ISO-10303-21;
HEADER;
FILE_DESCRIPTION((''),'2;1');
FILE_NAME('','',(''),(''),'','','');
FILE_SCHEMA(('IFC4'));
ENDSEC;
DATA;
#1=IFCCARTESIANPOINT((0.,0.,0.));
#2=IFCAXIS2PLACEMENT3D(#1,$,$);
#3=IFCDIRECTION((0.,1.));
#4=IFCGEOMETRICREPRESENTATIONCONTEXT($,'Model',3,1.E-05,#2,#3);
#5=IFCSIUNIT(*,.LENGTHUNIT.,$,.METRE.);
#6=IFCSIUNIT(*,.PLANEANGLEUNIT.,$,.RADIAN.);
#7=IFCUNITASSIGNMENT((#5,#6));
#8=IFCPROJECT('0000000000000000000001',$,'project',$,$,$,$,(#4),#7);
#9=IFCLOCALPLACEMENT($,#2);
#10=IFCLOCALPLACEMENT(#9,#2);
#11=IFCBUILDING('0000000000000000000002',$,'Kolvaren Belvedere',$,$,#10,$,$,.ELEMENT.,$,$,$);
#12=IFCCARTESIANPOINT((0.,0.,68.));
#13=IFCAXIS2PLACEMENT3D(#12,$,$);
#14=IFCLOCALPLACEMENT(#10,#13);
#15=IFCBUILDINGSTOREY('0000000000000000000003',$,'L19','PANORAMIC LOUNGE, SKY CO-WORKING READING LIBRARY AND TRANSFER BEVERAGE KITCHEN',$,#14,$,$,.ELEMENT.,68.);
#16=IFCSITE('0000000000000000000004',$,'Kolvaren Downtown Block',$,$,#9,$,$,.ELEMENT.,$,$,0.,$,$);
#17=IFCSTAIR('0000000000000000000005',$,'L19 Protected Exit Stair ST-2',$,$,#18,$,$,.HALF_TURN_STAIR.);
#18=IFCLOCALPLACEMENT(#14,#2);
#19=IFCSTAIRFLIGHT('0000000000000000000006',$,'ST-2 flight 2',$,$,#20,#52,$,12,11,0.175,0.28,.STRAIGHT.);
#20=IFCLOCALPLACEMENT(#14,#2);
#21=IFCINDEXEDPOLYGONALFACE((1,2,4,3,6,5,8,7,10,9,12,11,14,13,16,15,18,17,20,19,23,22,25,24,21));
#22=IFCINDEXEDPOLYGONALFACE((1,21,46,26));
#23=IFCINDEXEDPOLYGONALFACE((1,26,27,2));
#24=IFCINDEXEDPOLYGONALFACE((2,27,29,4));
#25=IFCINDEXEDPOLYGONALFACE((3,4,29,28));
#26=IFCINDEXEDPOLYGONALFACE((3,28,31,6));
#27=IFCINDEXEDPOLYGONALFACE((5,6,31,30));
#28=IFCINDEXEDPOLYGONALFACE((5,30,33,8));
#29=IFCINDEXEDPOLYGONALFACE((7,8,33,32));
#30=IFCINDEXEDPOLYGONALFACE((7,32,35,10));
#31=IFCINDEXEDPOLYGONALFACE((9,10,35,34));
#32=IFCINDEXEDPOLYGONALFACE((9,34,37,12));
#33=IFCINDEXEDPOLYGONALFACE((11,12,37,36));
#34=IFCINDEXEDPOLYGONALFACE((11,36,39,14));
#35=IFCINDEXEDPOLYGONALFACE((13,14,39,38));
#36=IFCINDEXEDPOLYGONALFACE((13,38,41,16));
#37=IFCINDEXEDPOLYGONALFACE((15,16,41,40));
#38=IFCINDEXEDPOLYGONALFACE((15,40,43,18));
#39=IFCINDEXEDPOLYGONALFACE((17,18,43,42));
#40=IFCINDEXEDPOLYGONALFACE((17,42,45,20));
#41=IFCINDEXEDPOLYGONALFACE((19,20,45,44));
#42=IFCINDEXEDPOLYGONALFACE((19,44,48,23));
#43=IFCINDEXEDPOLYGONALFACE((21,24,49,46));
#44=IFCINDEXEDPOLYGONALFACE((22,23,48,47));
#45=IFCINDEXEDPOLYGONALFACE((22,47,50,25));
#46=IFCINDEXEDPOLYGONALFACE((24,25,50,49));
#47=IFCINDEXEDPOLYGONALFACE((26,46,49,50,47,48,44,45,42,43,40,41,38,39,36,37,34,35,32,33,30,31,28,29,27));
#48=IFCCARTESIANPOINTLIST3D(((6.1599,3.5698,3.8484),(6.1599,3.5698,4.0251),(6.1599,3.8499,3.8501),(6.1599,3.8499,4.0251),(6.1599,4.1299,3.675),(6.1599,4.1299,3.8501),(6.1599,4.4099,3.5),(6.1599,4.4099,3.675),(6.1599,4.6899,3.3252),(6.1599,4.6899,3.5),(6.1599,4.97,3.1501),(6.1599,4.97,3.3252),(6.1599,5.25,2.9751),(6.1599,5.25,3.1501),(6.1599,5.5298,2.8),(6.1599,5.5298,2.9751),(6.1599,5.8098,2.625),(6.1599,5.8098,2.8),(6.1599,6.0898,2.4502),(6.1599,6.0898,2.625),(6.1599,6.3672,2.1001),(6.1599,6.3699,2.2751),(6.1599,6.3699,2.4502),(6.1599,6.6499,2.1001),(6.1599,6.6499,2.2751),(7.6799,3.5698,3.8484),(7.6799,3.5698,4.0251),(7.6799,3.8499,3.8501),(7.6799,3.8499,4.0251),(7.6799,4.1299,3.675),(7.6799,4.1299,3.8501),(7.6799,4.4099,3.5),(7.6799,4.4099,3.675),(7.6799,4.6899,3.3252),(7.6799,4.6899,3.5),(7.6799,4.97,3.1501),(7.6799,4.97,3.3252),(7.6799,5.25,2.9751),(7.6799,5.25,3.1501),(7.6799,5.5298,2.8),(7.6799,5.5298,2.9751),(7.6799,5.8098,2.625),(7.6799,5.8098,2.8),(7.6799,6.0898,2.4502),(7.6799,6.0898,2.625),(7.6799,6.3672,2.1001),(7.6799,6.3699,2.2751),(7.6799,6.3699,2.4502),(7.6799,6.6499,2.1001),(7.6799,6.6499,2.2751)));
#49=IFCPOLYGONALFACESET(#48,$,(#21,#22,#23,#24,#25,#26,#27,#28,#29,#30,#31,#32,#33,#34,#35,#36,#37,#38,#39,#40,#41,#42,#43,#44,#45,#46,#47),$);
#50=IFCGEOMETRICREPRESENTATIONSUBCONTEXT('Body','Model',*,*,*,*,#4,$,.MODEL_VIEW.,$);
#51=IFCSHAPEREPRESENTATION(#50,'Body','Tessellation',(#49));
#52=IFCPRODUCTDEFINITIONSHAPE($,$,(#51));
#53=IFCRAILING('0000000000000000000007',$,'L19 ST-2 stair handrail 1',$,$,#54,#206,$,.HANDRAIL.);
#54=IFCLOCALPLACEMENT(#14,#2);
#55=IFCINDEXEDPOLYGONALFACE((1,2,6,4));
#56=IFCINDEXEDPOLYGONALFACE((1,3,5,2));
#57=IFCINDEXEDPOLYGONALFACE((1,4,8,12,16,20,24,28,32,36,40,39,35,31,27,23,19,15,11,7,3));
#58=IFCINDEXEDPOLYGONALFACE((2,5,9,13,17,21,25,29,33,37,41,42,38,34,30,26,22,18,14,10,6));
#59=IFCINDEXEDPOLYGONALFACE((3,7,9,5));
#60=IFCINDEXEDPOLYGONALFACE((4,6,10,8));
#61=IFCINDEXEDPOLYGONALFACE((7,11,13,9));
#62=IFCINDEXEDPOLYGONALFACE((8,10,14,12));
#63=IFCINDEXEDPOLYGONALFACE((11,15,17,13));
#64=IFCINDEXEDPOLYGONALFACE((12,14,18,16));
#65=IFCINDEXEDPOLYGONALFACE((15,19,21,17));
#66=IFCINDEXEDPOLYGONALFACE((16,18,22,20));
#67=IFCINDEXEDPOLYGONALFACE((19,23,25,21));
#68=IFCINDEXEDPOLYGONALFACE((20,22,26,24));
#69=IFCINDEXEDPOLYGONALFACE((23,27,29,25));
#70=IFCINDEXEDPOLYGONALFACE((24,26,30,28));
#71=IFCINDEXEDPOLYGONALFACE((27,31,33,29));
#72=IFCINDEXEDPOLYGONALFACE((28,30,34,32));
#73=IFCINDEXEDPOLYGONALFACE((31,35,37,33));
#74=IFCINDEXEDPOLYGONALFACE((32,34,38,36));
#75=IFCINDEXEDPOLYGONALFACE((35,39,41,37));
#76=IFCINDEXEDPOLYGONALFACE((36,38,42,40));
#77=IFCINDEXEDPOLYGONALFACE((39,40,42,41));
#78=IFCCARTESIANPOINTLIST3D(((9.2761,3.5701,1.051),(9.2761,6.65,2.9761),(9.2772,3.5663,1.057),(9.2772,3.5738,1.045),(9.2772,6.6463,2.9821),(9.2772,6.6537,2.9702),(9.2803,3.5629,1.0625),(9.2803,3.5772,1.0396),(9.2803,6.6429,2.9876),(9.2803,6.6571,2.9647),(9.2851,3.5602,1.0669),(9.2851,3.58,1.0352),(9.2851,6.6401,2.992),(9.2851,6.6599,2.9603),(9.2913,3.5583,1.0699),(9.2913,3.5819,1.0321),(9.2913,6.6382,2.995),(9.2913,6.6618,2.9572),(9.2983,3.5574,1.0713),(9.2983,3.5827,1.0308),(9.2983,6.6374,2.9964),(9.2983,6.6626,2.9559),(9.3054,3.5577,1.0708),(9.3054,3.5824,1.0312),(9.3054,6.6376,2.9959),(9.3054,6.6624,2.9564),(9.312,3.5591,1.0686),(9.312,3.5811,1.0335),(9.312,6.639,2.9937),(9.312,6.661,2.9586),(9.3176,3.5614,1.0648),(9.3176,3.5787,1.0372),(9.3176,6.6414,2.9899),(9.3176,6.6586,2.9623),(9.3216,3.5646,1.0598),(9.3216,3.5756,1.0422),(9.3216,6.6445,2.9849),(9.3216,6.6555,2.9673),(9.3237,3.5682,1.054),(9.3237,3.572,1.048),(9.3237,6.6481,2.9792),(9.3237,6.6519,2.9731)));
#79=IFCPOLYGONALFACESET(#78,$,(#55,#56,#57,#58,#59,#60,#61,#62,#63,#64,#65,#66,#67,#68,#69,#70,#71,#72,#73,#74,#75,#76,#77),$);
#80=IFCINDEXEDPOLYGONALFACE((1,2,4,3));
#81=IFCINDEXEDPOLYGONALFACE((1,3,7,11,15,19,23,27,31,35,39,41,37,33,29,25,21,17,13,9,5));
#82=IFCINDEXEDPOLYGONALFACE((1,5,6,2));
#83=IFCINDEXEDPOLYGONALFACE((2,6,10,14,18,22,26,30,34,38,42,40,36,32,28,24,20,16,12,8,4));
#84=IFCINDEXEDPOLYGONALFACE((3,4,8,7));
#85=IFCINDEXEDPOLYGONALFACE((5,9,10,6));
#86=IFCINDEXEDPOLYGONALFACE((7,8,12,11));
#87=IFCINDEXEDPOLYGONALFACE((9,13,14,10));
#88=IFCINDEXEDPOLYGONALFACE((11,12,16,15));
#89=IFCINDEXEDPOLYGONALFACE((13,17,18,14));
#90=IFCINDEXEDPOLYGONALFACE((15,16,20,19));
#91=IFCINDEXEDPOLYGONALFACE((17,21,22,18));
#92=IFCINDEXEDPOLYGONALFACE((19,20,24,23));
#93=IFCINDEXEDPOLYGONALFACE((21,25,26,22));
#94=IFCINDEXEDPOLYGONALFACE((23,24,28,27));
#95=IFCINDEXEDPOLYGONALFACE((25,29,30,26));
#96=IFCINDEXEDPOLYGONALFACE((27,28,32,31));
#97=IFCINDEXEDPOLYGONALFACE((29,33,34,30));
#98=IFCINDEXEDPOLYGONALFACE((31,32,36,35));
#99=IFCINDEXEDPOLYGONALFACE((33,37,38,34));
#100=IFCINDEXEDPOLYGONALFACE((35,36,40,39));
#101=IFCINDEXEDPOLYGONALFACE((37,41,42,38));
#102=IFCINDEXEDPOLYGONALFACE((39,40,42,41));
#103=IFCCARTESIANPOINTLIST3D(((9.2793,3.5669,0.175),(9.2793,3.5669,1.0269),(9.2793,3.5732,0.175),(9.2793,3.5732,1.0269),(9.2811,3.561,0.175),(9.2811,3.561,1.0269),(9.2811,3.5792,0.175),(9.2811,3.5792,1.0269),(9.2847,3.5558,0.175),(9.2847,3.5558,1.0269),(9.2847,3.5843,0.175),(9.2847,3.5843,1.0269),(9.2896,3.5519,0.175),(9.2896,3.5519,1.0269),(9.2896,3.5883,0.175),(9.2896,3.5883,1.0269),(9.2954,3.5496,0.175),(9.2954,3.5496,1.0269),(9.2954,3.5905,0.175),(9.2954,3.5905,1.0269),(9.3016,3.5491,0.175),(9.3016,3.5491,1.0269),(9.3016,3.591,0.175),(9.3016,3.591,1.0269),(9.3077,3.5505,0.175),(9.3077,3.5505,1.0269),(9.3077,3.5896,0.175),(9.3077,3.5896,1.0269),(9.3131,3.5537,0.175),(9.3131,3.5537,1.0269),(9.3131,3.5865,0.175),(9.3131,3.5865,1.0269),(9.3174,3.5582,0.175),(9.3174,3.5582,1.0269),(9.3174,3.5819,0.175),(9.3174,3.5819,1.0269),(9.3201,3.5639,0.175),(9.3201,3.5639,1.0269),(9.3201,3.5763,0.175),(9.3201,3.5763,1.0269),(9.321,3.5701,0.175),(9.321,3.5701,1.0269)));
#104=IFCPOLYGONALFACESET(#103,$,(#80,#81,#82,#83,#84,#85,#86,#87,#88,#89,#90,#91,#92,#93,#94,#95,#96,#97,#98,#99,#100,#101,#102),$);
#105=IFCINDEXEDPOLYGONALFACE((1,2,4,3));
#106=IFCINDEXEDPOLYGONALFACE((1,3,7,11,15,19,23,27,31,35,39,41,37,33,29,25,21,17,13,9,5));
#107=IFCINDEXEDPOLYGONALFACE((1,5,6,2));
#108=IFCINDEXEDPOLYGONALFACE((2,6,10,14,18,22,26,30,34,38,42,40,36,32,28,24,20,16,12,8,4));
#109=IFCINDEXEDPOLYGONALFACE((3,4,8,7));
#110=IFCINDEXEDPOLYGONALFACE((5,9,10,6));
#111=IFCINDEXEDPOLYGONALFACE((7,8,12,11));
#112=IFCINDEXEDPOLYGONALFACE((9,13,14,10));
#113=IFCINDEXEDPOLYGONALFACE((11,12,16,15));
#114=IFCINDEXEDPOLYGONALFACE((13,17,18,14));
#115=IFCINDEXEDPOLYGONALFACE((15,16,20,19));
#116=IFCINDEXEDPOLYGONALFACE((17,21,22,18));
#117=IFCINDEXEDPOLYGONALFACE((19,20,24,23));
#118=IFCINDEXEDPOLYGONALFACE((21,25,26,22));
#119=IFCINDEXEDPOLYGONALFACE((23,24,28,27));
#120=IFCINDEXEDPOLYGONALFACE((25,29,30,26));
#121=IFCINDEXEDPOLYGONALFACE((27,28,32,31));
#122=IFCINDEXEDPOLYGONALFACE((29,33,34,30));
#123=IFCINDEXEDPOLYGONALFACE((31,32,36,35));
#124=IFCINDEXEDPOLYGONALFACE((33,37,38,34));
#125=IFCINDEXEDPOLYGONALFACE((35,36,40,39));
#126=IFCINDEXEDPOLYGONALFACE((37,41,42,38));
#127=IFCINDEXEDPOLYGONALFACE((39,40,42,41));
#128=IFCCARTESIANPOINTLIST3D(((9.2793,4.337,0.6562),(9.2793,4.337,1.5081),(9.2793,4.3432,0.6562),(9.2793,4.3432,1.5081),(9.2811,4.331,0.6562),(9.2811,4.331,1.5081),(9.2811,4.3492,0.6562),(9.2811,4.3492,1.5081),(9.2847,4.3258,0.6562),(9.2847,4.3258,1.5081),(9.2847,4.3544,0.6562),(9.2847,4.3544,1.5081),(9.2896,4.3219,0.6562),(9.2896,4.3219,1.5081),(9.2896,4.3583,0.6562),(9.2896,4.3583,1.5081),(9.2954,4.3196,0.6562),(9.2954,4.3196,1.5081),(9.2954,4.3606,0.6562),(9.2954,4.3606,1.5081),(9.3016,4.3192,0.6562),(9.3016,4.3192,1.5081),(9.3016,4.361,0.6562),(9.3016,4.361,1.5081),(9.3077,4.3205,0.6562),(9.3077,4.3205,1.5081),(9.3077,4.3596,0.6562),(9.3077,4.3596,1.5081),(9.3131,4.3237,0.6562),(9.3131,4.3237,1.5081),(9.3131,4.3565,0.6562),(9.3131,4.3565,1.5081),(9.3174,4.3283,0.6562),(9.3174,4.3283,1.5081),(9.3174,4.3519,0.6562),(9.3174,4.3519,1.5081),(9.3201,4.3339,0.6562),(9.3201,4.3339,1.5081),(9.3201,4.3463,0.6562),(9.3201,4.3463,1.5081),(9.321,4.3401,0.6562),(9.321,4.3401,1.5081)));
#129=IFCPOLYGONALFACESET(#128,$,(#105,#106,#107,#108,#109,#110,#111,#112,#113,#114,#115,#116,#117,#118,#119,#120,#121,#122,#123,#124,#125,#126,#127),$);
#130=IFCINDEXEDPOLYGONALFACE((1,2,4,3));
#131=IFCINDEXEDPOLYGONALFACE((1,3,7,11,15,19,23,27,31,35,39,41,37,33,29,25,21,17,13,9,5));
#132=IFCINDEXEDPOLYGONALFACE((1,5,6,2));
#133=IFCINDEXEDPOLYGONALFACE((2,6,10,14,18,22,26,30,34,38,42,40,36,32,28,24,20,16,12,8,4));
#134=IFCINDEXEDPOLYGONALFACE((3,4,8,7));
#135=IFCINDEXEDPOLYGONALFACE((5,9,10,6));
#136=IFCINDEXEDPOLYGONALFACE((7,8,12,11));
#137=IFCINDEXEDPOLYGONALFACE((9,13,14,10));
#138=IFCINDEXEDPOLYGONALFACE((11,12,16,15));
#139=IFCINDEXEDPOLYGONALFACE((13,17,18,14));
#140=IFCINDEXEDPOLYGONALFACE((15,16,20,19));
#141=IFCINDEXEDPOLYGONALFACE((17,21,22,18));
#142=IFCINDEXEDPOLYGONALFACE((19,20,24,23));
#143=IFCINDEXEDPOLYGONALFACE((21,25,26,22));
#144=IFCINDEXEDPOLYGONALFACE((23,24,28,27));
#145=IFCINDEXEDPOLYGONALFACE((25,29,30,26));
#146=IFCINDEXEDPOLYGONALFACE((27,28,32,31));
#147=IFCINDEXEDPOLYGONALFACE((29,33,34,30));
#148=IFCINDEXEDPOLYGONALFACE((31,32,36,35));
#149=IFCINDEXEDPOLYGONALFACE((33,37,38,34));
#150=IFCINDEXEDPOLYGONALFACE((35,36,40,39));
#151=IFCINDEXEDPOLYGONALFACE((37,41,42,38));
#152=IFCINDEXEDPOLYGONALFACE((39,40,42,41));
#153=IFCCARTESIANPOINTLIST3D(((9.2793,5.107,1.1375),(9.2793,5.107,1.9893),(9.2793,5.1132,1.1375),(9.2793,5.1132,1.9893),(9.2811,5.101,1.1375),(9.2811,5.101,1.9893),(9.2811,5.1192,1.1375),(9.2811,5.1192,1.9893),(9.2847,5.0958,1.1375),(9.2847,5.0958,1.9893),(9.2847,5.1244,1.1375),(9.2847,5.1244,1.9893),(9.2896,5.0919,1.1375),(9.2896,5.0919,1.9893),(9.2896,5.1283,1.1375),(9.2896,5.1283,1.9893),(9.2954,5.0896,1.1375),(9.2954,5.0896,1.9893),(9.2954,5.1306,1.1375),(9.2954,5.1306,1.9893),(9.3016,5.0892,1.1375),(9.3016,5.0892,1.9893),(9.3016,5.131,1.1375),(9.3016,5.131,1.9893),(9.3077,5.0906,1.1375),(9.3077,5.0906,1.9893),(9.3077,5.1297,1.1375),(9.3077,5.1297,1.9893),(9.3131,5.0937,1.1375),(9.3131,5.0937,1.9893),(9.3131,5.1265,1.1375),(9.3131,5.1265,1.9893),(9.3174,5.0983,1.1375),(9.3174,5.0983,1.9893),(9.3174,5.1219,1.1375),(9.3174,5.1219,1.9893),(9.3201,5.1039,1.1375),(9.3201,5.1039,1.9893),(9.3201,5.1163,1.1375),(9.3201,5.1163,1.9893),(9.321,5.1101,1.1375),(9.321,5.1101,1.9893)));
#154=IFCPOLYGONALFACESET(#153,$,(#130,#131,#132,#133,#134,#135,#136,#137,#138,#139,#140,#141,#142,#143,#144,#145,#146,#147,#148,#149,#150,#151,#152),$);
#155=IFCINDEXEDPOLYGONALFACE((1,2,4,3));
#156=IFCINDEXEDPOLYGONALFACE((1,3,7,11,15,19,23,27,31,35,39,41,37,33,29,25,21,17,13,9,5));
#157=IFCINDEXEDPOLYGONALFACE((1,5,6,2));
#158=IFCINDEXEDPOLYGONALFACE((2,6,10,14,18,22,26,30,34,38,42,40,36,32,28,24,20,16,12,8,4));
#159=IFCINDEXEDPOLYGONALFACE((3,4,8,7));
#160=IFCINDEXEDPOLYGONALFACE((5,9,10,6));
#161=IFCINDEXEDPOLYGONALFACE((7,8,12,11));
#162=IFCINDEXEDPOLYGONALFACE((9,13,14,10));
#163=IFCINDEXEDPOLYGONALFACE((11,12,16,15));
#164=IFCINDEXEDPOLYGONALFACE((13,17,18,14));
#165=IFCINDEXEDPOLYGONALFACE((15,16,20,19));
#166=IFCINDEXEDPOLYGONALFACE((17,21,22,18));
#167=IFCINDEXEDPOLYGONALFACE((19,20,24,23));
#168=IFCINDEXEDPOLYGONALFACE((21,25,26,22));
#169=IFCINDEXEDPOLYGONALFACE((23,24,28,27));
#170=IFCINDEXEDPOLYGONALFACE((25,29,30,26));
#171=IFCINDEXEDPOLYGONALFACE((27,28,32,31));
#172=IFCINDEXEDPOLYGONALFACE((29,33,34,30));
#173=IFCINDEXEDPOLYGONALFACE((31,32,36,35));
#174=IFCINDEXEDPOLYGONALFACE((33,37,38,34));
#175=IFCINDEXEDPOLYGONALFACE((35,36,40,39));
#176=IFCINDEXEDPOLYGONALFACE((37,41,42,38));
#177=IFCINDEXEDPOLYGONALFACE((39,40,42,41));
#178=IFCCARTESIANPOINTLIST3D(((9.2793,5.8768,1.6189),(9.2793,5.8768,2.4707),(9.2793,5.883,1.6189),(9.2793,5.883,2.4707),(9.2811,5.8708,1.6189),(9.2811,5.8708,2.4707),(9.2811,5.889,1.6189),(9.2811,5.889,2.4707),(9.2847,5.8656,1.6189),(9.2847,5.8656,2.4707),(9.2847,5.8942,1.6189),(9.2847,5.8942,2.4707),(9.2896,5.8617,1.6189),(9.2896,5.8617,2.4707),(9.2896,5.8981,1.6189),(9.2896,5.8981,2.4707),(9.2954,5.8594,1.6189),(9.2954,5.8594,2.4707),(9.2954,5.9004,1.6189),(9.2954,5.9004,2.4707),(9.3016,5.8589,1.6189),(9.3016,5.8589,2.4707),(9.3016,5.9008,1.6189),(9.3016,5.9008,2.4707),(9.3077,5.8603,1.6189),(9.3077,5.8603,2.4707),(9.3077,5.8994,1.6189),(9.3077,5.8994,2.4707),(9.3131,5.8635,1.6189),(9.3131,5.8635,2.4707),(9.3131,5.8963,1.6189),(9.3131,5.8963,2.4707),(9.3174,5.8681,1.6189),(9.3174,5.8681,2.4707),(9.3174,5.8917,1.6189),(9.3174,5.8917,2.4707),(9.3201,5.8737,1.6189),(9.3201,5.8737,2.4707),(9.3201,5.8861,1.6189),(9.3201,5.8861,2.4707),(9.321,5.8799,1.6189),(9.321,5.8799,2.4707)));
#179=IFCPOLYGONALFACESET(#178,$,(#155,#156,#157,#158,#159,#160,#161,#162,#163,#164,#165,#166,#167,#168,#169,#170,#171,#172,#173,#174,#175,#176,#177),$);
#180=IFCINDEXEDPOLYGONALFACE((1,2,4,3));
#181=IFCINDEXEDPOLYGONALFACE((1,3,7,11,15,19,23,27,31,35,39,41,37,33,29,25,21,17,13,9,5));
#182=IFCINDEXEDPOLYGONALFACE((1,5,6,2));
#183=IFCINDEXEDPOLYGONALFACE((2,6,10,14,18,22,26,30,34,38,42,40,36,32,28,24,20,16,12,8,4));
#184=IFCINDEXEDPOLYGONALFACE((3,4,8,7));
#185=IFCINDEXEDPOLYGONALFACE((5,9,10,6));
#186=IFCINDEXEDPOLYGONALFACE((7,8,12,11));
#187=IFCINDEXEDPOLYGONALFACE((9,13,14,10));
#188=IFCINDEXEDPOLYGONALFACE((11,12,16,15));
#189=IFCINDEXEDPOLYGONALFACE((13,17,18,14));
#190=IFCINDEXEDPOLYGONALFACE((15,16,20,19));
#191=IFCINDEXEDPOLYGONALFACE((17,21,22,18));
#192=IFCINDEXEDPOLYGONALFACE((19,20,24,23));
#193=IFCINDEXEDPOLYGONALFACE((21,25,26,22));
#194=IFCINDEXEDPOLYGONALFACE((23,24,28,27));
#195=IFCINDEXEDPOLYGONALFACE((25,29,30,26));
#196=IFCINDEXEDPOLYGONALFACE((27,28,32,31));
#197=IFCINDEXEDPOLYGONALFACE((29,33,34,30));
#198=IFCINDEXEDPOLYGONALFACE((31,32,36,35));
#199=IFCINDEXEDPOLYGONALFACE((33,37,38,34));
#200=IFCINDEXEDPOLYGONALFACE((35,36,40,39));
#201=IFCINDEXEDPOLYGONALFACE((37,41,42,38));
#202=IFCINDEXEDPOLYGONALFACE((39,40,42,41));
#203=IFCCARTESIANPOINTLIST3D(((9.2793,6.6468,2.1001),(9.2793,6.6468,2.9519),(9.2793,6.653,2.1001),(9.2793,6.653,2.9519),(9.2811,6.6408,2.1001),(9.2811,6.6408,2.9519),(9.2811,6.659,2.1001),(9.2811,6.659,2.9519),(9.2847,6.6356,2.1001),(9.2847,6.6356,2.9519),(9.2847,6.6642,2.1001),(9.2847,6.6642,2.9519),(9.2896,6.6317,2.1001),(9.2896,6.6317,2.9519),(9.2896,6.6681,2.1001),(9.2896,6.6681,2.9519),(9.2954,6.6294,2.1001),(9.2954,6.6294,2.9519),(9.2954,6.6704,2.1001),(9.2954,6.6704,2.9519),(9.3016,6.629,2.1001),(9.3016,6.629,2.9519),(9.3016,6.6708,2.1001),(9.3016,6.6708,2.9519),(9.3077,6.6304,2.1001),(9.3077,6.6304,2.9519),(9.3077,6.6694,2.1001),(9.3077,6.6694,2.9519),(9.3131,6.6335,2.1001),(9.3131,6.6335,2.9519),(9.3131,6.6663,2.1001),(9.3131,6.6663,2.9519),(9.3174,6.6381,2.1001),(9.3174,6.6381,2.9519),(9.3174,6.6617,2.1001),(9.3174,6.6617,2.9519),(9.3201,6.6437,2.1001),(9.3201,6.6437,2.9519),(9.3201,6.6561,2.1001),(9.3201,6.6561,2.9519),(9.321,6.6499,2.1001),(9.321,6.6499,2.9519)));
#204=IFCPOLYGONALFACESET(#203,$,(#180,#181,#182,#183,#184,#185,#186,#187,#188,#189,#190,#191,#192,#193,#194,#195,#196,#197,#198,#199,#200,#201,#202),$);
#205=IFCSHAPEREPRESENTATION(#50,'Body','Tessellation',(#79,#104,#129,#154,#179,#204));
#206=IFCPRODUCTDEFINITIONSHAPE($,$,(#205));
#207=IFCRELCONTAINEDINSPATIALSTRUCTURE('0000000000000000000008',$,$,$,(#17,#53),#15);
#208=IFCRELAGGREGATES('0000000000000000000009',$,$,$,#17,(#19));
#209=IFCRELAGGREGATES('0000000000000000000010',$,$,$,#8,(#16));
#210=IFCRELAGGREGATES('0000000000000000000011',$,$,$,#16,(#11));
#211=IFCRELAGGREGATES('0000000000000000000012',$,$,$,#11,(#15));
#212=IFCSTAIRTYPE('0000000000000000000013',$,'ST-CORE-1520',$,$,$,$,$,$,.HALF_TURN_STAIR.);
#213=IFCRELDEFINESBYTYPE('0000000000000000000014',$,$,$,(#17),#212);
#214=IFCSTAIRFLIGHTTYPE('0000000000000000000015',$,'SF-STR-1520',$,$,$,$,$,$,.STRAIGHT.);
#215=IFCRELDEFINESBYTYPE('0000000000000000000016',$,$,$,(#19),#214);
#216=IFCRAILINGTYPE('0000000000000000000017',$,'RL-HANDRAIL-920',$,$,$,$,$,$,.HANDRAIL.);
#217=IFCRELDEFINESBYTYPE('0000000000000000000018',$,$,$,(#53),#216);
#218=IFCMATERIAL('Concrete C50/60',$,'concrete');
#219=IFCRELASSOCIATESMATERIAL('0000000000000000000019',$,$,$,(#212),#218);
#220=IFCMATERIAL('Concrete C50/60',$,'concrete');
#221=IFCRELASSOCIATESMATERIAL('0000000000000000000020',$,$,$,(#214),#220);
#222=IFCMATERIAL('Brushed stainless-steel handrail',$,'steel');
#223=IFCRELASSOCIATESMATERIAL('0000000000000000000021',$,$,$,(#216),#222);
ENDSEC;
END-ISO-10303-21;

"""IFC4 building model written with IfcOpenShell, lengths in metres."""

from ifc_helpers import new_model, si_unit, direction, frame, origin, origin_2d, place, context, subcontext, project, spatial, polyline, circle, outline, extrude, material, type_object, element, aggregate, save


model = new_model("IFC4")

# Units and contexts
model_context = context("Model", 3, precision=1e-05, world=origin(), true_north=direction((0.0, 1.0)))
body_context = subcontext(model_context, "Body", "Model", "MODEL_VIEW")
ifc_project = project(units=[si_unit("LENGTHUNIT", "METRE"), si_unit("PLANEANGLEUNIT", "RADIAN")], contexts=[model_context])

# Site, building, storey
site_placement = place(None, origin())
site = spatial("IfcSite", under=ifc_project, at=site_placement, Name="Kolvaren Downtown Block", CompositionType="ELEMENT", RefElevation=0.0)
building_placement = place(site_placement, origin())
building = spatial("IfcBuilding", under=site, at=building_placement, Name="Kolvaren Belvedere", CompositionType="ELEMENT")
storey_placement = place(building_placement, frame((0.0, 0.0, 68.0)))
storey = spatial("IfcBuildingStorey", under=building, at=storey_placement, Name="L19", Description="PANORAMIC LOUNGE, SKY CO-WORKING READING LIBRARY AND TRANSFER BEVERAGE KITCHEN", CompositionType="ELEMENT", Elevation=68.0)

# Stair, stair flight
ifc_material_1 = material(Name="Concrete C50/60", Category="concrete")
stair_type = type_object("IfcStairType", Name="ST-CORE-1520", PredefinedType="HALF_TURN_STAIR", material=ifc_material_1)
stair_placement = place(storey_placement, origin())
stair = element("IfcStair", 1, at=stair_placement, inside=storey, type_object=stair_type, Name="L19 Protected Exit Stair ST-2", PredefinedType="HALF_TURN_STAIR")
ifc_material_2 = material(Name="Concrete C50/60", Category="concrete")
stair_flight_type = type_object("IfcStairFlightType", Name="SF-STR-1520", PredefinedType="STRAIGHT", material=ifc_material_2)
stair_flight_1_placement = place(storey_placement, frame((6.9199, 6.6499, 2.1001), z_axis=(0.0, 0.0, 1.0), x_axis=(0.0, -1.0, 0.0)))
stair_flight_1 = element("IfcStairFlight", 2, at=stair_flight_1_placement, type_object=stair_flight_type, Name="ST-2 flight 2", NumberOfRisers=12, NumberOfTreads=11, PredefinedType="STRAIGHT", RiserHeight=0.175, TreadLength=0.28, context=body_context, shape_type="SweptSolid", body=[
    extrude(outline(polyline([(0.0, 0.0), (0.0, 0.175), (0.28, 0.175), (0.28, 0.3501), (0.5601, 0.3501), (0.5601, 0.5249), (0.8401, 0.5249), (0.8401, 0.7), (1.1201, 0.7), (1.1201, 0.875), (1.3999, 0.875), (1.3999, 1.05), (1.6799, 1.05), (1.6799, 1.2251), (1.96, 1.2251), (1.96, 1.3999), (2.24, 1.3999), (2.24, 1.575), (2.52, 1.575), (2.52, 1.75), (2.8, 1.75), (2.8, 1.925), (3.0801, 1.925), (3.0801, 2.1001), (3.0801, 1.7483), (0.2827, 0.0), (0.0, 0.0)])), frame((0.0, 0.76, 0.0), z_axis=(0.0, -1.0, 0.0), x_axis=(1.0, 0.0, 0.0)), (0.0, 0.0, 1.0), 1.52),
])
aggregate(stair, [stair_flight_1])

# Railing
ifc_material_3 = material(Name="Brushed stainless-steel handrail", Category="steel")
railing_type_1 = type_object("IfcRailingType", Name="RL-HANDRAIL-920", PredefinedType="HANDRAIL", material=ifc_material_3)
railing_1_placement = place(storey_placement, frame((9.3, 3.5701, 0.175)))
element("IfcRailing", 3, at=railing_1_placement, inside=storey, type_object=railing_type_1, Name="L19 ST-2 stair handrail 1", PredefinedType="HANDRAIL", context=body_context, shape_type="SweptSolid", body=[
    extrude(circle(Radius=0.0239, at=origin_2d()), frame((0.0, 0.0, 0.876), z_axis=(0.0, 0.847979, 0.530029), x_axis=(-1.0, 0.0, 0.0)), (0.0, 0.0, 1.0), 3.6321),
    extrude(circle(Radius=0.021, at=origin_2d()), origin(), (0.0, 0.0, 1.0), 0.8518),
    extrude(circle(Radius=0.021, at=origin_2d()), frame((0.0, 0.77, 0.4812)), (0.0, 0.0, 1.0), 0.8518),
    extrude(circle(Radius=0.021, at=origin_2d()), frame((0.0, 1.54, 0.9624)), (0.0, 0.0, 1.0), 0.8518),
    extrude(circle(Radius=0.021, at=origin_2d()), frame((0.0, 2.3098, 1.4438)), (0.0, 0.0, 1.0), 0.8518),
    extrude(circle(Radius=0.021, at=origin_2d()), frame((0.0, 3.0798, 1.925)), (0.0, 0.0, 1.0), 0.8518),
])

save(model, "model.ifc")
